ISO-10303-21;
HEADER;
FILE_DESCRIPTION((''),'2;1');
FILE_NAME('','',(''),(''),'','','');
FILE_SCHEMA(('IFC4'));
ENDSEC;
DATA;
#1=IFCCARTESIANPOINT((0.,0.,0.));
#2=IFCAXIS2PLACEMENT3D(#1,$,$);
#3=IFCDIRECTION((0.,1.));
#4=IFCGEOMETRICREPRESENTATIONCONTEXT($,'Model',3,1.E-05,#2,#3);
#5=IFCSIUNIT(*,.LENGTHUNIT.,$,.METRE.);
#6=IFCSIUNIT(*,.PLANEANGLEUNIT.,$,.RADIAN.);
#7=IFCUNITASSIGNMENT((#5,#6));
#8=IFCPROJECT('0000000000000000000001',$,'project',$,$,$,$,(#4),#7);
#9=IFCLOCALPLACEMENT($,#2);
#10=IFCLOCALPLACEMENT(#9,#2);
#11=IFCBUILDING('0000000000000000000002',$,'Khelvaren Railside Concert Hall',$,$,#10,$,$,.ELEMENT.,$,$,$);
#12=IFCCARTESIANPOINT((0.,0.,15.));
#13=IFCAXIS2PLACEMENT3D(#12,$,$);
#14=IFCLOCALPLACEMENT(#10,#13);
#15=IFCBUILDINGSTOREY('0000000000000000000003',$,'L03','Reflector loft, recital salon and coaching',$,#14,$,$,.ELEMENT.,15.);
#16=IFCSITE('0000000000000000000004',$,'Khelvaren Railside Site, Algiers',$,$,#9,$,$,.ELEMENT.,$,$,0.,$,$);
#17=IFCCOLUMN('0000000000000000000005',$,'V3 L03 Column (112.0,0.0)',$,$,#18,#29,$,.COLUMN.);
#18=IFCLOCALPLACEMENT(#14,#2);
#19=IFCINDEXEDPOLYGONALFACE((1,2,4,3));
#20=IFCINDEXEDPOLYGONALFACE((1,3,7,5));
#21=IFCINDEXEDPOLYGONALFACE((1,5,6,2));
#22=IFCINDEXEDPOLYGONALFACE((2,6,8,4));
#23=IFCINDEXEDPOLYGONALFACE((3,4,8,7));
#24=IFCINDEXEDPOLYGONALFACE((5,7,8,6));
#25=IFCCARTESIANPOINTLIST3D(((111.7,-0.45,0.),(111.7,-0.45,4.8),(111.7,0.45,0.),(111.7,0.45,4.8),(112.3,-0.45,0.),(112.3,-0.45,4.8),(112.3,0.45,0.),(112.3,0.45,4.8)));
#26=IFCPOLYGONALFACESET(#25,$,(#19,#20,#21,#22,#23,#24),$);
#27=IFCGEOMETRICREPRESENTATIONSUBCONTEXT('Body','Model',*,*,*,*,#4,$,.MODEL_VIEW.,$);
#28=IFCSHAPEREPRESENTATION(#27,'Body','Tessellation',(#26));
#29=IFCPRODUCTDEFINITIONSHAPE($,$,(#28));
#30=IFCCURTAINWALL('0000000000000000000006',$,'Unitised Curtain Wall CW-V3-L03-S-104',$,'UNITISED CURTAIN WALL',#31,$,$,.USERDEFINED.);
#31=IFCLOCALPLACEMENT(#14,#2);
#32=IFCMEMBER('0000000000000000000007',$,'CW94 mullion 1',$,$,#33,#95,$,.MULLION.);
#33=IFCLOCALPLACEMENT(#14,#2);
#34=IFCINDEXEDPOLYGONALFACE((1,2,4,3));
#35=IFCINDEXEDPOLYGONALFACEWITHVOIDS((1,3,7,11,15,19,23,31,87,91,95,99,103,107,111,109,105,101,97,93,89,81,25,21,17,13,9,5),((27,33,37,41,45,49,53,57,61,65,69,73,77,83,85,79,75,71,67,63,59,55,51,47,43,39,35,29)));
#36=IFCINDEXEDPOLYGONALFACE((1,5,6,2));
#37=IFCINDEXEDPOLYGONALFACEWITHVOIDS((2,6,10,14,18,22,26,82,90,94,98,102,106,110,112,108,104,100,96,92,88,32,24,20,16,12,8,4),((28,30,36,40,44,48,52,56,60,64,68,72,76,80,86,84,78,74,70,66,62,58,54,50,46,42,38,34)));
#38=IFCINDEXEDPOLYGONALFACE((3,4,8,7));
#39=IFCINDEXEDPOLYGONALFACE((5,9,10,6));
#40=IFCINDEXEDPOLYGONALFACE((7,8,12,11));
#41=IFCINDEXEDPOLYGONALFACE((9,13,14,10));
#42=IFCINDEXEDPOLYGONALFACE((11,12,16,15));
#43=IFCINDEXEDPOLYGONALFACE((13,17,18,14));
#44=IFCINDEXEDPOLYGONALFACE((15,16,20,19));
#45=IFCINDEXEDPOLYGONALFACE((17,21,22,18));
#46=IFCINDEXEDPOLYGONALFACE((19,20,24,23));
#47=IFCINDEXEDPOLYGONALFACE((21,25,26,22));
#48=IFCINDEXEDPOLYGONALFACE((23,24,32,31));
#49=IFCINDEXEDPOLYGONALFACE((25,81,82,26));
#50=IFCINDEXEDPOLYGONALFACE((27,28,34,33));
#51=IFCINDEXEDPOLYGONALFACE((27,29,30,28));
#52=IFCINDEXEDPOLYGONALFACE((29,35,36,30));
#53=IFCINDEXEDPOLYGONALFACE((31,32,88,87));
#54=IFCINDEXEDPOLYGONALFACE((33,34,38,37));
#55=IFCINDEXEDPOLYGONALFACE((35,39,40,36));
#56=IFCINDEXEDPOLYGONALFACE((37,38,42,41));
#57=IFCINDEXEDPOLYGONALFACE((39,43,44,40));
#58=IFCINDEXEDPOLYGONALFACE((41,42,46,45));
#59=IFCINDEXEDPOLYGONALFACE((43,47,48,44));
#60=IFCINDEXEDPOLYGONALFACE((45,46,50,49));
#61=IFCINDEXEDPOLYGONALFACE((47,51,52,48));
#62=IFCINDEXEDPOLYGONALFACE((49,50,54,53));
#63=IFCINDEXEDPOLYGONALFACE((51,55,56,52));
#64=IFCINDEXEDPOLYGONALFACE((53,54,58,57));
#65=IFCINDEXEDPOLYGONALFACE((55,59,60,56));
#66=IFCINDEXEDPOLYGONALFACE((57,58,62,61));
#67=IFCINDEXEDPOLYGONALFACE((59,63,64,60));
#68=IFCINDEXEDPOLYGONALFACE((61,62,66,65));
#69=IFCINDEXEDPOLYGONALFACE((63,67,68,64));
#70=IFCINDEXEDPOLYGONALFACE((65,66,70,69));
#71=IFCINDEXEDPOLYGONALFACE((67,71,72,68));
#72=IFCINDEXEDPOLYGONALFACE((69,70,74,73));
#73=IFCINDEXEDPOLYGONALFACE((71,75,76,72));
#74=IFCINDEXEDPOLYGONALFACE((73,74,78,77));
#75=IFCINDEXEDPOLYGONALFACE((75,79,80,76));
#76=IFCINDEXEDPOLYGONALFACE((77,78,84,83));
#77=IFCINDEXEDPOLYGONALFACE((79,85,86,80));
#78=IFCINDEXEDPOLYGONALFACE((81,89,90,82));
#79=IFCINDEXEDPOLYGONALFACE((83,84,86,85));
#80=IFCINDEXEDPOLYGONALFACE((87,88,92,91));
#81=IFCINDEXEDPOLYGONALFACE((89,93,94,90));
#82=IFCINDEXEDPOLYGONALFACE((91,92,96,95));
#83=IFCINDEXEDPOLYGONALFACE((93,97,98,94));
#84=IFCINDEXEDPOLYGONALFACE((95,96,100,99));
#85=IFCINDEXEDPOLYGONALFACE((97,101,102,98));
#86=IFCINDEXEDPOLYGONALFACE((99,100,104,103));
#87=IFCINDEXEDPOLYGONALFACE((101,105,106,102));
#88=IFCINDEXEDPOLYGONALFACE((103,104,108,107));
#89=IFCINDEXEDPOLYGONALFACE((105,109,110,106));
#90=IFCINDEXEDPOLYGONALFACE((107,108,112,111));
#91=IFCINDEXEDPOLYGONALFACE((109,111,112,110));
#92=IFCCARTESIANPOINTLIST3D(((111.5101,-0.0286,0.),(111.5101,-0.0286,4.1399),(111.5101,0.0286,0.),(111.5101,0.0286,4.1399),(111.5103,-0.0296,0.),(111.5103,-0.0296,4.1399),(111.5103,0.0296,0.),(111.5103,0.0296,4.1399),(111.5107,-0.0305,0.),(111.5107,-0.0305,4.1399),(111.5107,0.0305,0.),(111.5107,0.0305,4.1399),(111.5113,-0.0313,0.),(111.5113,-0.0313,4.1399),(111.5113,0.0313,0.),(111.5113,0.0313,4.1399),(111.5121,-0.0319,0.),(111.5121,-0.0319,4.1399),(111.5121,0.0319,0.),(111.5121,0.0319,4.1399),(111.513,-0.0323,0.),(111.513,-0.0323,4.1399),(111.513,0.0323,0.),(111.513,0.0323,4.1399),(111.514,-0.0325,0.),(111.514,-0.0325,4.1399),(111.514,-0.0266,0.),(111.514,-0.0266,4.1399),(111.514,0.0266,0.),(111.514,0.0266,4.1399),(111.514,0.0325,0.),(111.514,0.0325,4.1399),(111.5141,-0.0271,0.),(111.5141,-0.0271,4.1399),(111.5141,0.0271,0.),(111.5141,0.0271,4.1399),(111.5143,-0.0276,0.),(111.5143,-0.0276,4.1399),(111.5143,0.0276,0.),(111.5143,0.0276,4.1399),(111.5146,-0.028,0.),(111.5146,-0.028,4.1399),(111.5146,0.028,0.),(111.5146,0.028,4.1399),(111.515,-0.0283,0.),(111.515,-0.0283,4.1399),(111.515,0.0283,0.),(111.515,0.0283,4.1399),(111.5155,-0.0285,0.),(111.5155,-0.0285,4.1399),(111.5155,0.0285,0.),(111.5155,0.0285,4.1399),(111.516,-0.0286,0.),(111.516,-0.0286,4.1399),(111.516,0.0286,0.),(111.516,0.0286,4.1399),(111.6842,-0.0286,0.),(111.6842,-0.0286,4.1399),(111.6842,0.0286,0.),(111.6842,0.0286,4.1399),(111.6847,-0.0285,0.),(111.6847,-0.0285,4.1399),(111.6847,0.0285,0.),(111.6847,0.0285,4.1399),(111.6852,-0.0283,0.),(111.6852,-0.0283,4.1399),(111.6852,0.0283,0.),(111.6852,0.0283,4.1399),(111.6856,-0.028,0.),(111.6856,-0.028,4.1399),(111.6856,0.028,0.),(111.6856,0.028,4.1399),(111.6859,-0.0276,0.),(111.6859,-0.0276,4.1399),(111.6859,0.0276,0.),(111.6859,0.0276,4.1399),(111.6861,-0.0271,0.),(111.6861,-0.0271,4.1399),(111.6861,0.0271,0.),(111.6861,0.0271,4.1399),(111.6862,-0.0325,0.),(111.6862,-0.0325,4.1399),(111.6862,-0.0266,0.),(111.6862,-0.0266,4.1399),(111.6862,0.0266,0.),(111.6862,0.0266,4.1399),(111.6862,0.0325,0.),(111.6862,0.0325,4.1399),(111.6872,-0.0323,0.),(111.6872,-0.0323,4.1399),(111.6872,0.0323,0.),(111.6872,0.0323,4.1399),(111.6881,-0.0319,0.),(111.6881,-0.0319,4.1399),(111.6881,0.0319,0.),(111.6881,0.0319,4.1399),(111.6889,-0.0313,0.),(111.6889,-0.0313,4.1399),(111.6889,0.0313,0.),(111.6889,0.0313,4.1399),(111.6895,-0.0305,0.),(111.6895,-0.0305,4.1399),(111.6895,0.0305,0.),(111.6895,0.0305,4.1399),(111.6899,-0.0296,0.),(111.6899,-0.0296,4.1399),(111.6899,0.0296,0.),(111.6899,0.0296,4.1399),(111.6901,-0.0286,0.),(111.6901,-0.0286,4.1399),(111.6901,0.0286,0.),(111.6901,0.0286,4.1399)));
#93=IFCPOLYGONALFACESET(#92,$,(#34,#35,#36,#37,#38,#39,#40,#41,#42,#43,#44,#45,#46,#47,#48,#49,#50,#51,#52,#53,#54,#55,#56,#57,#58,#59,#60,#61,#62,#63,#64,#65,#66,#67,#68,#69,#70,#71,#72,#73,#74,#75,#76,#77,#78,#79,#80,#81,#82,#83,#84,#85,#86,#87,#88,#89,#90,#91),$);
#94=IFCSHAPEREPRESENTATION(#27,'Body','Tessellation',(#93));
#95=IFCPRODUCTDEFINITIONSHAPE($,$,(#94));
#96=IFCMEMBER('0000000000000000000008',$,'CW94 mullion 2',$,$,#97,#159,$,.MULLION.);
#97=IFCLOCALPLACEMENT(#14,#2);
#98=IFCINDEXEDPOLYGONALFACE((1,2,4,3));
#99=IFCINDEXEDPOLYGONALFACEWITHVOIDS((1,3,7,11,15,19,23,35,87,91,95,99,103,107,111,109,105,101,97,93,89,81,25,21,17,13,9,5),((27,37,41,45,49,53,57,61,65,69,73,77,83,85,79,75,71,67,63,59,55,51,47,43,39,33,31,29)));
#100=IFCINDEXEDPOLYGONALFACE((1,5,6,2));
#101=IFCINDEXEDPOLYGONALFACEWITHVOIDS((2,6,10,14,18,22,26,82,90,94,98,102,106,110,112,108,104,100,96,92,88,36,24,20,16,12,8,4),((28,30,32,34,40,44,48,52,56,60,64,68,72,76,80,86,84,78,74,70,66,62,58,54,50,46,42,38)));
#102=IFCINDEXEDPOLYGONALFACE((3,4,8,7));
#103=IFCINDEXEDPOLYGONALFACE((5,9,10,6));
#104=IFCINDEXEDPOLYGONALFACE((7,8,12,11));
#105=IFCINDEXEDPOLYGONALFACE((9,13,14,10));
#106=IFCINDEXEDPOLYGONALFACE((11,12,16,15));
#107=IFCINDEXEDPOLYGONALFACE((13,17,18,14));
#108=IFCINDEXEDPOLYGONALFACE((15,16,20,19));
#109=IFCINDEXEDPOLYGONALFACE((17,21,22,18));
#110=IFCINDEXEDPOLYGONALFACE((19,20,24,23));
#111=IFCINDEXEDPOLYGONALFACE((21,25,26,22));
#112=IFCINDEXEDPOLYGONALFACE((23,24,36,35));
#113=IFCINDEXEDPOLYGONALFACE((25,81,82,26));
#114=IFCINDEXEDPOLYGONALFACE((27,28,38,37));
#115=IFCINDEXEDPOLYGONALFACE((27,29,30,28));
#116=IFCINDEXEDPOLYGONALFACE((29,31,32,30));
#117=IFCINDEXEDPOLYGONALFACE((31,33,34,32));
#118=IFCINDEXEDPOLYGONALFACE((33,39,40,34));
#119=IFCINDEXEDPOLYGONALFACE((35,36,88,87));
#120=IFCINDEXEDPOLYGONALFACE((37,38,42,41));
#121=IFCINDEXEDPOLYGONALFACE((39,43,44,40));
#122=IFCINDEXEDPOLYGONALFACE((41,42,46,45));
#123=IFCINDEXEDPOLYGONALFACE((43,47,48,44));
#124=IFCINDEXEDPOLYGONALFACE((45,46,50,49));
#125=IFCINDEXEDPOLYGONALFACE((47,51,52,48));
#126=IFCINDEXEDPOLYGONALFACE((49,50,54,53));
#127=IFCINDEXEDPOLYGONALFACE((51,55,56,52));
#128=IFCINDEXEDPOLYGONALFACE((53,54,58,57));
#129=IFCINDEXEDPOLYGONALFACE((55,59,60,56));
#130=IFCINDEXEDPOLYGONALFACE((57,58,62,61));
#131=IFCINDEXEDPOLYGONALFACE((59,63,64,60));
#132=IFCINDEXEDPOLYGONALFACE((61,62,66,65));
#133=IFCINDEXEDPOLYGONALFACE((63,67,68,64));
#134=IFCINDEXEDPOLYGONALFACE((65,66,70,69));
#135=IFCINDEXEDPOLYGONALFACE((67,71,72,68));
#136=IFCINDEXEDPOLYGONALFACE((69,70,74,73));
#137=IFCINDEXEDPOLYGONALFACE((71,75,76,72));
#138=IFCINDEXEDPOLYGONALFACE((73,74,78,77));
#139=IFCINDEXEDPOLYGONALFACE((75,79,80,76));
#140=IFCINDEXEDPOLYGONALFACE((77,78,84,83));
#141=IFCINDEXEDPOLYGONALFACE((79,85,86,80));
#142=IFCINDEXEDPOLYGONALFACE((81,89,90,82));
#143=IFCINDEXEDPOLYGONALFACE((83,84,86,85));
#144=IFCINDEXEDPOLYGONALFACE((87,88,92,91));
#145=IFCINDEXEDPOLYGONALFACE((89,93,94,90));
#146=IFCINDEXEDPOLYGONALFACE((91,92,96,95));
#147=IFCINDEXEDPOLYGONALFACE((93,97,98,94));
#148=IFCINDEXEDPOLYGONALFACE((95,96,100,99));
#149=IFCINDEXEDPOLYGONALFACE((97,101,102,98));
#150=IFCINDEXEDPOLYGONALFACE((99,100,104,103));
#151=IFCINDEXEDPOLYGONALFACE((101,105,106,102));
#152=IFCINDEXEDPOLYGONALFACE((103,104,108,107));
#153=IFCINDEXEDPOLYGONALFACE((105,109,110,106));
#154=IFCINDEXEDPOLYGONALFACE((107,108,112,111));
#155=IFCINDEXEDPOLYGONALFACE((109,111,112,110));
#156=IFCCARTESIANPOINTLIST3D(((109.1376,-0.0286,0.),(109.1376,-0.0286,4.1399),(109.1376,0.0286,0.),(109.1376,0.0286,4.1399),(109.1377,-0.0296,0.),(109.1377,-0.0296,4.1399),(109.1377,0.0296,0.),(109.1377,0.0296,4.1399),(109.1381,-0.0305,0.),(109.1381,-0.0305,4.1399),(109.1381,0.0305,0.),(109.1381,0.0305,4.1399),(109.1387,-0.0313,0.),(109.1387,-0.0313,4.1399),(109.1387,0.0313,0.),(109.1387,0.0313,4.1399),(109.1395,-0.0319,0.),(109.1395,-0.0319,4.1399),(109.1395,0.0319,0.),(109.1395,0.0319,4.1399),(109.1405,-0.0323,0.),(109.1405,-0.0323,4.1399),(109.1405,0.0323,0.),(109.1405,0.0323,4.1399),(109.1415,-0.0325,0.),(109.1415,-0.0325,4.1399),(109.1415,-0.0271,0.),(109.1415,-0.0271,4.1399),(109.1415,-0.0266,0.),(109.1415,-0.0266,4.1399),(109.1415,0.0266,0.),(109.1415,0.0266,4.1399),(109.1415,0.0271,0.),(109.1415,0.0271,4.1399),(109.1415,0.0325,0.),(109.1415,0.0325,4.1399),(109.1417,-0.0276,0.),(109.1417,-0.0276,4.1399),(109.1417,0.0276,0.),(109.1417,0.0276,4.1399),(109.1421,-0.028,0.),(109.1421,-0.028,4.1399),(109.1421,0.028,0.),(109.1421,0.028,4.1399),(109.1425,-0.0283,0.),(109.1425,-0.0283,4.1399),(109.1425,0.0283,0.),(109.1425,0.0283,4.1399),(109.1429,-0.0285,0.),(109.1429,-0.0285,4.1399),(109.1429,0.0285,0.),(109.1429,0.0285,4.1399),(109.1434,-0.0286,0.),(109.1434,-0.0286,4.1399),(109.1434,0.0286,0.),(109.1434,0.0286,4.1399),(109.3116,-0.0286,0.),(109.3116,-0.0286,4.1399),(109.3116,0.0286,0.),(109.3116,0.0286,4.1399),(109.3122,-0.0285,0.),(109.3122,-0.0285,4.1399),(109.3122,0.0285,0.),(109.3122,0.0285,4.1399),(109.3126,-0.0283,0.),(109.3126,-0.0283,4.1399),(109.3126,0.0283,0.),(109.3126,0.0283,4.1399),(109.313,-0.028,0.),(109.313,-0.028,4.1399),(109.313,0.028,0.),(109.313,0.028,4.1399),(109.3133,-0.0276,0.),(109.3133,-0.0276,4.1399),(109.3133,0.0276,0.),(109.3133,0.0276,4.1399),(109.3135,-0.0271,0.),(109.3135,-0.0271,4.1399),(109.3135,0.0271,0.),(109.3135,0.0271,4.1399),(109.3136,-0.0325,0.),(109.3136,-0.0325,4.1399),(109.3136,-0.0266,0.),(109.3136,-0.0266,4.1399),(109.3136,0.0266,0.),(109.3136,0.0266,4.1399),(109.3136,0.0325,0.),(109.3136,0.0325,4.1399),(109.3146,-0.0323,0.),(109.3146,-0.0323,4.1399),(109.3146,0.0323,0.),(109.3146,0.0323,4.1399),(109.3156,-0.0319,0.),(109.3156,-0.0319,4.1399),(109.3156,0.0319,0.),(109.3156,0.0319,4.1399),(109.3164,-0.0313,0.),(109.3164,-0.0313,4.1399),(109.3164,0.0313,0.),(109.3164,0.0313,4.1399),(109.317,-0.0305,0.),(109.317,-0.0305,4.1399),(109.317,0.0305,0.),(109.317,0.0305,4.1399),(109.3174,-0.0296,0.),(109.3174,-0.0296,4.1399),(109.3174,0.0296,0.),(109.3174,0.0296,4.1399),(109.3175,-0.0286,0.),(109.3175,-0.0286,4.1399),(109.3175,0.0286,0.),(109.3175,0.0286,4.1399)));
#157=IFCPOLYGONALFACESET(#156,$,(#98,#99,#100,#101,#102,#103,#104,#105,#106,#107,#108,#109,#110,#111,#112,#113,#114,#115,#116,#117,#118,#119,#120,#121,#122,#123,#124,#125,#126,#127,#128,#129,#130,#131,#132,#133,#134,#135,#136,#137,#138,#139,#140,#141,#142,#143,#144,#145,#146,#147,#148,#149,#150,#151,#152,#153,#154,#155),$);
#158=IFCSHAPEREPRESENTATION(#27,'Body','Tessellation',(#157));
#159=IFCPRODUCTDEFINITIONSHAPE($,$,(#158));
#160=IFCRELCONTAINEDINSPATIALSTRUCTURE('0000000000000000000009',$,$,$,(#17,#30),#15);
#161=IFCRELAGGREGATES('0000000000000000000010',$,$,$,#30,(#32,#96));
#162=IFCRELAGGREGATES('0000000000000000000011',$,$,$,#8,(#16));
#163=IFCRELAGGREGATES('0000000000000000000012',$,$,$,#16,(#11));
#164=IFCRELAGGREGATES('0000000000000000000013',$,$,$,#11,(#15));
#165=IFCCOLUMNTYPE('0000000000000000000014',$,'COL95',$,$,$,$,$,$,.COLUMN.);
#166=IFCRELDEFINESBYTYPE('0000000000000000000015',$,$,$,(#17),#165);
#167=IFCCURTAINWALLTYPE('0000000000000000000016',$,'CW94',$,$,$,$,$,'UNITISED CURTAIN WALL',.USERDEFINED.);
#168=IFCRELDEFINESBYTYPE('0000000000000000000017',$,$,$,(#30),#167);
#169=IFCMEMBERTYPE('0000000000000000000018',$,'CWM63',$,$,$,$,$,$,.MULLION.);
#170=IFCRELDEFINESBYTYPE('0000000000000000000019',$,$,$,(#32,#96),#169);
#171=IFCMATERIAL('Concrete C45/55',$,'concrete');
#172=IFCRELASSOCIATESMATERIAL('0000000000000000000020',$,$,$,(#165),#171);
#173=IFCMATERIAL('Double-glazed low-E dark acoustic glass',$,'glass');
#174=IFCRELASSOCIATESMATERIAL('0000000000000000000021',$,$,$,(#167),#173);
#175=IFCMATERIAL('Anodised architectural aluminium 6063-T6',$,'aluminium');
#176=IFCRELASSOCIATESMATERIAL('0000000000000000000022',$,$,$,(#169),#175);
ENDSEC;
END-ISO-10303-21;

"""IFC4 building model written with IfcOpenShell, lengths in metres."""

from ifc_helpers import new_model, si_unit, direction, frame, origin, origin_2d, place, context, subcontext, project, spatial, rectangle, hollow_rectangle, extrude, material, material_profile, profile_set, type_object, element, aggregate, save


model = new_model("IFC4")

# Units and contexts
model_context = context("Model", 3, precision=1e-05, world=origin(), true_north=direction((0.0, 1.0)))
body_context = subcontext(model_context, "Body", "Model", "MODEL_VIEW")
ifc_project = project(units=[si_unit("LENGTHUNIT", "METRE"), si_unit("PLANEANGLEUNIT", "RADIAN")], contexts=[model_context])

# Site, building, storey
site_placement = place(None, origin())
site = spatial("IfcSite", under=ifc_project, at=site_placement, Name="Khelvaren Railside Site, Algiers", CompositionType="ELEMENT", RefElevation=0.0)
building_placement = place(site_placement, origin())
building = spatial("IfcBuilding", under=site, at=building_placement, Name="Khelvaren Railside Concert Hall", CompositionType="ELEMENT")
storey_placement = place(building_placement, frame((0.0, 0.0, 15.0)))
storey = spatial("IfcBuildingStorey", under=building, at=storey_placement, Name="L03", Description="Reflector loft, recital salon and coaching", CompositionType="ELEMENT", Elevation=15.0)

# Column
ifc_material_1 = material(Name="Concrete C45/55", Category="concrete")
ifc_material_profile_1 = material_profile(ifc_material_1, rectangle(XDim=0.6001, YDim=0.8999, at=origin_2d()), Name="RC 600x900")
ifc_profile_set_1 = profile_set([ifc_material_profile_1], Name="Concrete C45/55")
column_type = type_object("IfcColumnType", Name="COL95", PredefinedType="COLUMN", material=ifc_profile_set_1)
column_placement = place(storey_placement, frame((112.0, 0.0, 0.0), z_axis=(0.0, 0.0, 1.0), x_axis=(1.0, 0.0, 0.0)))
element("IfcColumn", 1, at=column_placement, inside=storey, type_object=column_type, Name="V3 L03 Column (112.0,0.0)", PredefinedType="COLUMN", context=body_context, shape_type="SweptSolid", body=[
    extrude(rectangle(XDim=0.6001, YDim=0.8999, at=origin_2d()), origin(), (0.0, 0.0, 1.0), 4.8),
])

# Curtain wall, members
ifc_material_2 = material(Name="Double-glazed low-E dark acoustic glass", Category="glass")
curtain_wall_type_1 = type_object("IfcCurtainWallType", Name="CW94", ElementType="UNITISED CURTAIN WALL", PredefinedType="USERDEFINED", material=ifc_material_2)
curtain_wall_1_placement = place(storey_placement, origin())
curtain_wall_1 = element("IfcCurtainWall", 2, at=curtain_wall_1_placement, inside=storey, type_object=curtain_wall_type_1, Name="Unitised Curtain Wall CW-V3-L03-S-104", ObjectType="UNITISED CURTAIN WALL", PredefinedType="USERDEFINED")
ifc_material_3 = material(Name="Anodised architectural aluminium 6063-T6", Category="aluminium")
ifc_material_profile_2 = material_profile(ifc_material_3, hollow_rectangle(XDim=0.0649, YDim=0.1799, WallThickness=0.0039, InnerFilletRadius=0.002, OuterFilletRadius=0.0039, at=origin_2d()), Name="CWM 65x180x4")
ifc_profile_set_2 = profile_set([ifc_material_profile_2], Name="Anodised architectural aluminium 6063-T6")
member_type_1 = type_object("IfcMemberType", Name="CWM63", PredefinedType="MULLION", material=ifc_profile_set_2)
member_1_placement = place(storey_placement, frame((111.6001, 0.0, 0.0), z_axis=(0.0, 0.0, 1.0), x_axis=(0.0, -1.0, 0.0)))
member_1 = element("IfcMember", 3, at=member_1_placement, type_object=member_type_1, Name="CW94 mullion 1", PredefinedType="MULLION", context=body_context, shape_type="SweptSolid", body=[
    extrude(hollow_rectangle(XDim=0.0649, YDim=0.1799, WallThickness=0.0039, InnerFilletRadius=0.002, OuterFilletRadius=0.0039, at=origin_2d()), origin(), (0.0, 0.0, 1.0), 4.1399),
])
member_2_placement = place(storey_placement, frame((109.2275, 0.0, 0.0), z_axis=(0.0, 0.0, 1.0), x_axis=(0.0, -1.0, 0.0)))
member_2 = element("IfcMember", 4, at=member_2_placement, type_object=member_type_1, Name="CW94 mullion 2", PredefinedType="MULLION", context=body_context, shape_type="SweptSolid", body=[
    extrude(hollow_rectangle(XDim=0.0649, YDim=0.1799, WallThickness=0.0039, InnerFilletRadius=0.002, OuterFilletRadius=0.0039, at=origin_2d()), origin(), (0.0, 0.0, 1.0), 4.1399),
])

aggregate(curtain_wall_1, [member_1, member_2])

save(model, "model.ifc")
